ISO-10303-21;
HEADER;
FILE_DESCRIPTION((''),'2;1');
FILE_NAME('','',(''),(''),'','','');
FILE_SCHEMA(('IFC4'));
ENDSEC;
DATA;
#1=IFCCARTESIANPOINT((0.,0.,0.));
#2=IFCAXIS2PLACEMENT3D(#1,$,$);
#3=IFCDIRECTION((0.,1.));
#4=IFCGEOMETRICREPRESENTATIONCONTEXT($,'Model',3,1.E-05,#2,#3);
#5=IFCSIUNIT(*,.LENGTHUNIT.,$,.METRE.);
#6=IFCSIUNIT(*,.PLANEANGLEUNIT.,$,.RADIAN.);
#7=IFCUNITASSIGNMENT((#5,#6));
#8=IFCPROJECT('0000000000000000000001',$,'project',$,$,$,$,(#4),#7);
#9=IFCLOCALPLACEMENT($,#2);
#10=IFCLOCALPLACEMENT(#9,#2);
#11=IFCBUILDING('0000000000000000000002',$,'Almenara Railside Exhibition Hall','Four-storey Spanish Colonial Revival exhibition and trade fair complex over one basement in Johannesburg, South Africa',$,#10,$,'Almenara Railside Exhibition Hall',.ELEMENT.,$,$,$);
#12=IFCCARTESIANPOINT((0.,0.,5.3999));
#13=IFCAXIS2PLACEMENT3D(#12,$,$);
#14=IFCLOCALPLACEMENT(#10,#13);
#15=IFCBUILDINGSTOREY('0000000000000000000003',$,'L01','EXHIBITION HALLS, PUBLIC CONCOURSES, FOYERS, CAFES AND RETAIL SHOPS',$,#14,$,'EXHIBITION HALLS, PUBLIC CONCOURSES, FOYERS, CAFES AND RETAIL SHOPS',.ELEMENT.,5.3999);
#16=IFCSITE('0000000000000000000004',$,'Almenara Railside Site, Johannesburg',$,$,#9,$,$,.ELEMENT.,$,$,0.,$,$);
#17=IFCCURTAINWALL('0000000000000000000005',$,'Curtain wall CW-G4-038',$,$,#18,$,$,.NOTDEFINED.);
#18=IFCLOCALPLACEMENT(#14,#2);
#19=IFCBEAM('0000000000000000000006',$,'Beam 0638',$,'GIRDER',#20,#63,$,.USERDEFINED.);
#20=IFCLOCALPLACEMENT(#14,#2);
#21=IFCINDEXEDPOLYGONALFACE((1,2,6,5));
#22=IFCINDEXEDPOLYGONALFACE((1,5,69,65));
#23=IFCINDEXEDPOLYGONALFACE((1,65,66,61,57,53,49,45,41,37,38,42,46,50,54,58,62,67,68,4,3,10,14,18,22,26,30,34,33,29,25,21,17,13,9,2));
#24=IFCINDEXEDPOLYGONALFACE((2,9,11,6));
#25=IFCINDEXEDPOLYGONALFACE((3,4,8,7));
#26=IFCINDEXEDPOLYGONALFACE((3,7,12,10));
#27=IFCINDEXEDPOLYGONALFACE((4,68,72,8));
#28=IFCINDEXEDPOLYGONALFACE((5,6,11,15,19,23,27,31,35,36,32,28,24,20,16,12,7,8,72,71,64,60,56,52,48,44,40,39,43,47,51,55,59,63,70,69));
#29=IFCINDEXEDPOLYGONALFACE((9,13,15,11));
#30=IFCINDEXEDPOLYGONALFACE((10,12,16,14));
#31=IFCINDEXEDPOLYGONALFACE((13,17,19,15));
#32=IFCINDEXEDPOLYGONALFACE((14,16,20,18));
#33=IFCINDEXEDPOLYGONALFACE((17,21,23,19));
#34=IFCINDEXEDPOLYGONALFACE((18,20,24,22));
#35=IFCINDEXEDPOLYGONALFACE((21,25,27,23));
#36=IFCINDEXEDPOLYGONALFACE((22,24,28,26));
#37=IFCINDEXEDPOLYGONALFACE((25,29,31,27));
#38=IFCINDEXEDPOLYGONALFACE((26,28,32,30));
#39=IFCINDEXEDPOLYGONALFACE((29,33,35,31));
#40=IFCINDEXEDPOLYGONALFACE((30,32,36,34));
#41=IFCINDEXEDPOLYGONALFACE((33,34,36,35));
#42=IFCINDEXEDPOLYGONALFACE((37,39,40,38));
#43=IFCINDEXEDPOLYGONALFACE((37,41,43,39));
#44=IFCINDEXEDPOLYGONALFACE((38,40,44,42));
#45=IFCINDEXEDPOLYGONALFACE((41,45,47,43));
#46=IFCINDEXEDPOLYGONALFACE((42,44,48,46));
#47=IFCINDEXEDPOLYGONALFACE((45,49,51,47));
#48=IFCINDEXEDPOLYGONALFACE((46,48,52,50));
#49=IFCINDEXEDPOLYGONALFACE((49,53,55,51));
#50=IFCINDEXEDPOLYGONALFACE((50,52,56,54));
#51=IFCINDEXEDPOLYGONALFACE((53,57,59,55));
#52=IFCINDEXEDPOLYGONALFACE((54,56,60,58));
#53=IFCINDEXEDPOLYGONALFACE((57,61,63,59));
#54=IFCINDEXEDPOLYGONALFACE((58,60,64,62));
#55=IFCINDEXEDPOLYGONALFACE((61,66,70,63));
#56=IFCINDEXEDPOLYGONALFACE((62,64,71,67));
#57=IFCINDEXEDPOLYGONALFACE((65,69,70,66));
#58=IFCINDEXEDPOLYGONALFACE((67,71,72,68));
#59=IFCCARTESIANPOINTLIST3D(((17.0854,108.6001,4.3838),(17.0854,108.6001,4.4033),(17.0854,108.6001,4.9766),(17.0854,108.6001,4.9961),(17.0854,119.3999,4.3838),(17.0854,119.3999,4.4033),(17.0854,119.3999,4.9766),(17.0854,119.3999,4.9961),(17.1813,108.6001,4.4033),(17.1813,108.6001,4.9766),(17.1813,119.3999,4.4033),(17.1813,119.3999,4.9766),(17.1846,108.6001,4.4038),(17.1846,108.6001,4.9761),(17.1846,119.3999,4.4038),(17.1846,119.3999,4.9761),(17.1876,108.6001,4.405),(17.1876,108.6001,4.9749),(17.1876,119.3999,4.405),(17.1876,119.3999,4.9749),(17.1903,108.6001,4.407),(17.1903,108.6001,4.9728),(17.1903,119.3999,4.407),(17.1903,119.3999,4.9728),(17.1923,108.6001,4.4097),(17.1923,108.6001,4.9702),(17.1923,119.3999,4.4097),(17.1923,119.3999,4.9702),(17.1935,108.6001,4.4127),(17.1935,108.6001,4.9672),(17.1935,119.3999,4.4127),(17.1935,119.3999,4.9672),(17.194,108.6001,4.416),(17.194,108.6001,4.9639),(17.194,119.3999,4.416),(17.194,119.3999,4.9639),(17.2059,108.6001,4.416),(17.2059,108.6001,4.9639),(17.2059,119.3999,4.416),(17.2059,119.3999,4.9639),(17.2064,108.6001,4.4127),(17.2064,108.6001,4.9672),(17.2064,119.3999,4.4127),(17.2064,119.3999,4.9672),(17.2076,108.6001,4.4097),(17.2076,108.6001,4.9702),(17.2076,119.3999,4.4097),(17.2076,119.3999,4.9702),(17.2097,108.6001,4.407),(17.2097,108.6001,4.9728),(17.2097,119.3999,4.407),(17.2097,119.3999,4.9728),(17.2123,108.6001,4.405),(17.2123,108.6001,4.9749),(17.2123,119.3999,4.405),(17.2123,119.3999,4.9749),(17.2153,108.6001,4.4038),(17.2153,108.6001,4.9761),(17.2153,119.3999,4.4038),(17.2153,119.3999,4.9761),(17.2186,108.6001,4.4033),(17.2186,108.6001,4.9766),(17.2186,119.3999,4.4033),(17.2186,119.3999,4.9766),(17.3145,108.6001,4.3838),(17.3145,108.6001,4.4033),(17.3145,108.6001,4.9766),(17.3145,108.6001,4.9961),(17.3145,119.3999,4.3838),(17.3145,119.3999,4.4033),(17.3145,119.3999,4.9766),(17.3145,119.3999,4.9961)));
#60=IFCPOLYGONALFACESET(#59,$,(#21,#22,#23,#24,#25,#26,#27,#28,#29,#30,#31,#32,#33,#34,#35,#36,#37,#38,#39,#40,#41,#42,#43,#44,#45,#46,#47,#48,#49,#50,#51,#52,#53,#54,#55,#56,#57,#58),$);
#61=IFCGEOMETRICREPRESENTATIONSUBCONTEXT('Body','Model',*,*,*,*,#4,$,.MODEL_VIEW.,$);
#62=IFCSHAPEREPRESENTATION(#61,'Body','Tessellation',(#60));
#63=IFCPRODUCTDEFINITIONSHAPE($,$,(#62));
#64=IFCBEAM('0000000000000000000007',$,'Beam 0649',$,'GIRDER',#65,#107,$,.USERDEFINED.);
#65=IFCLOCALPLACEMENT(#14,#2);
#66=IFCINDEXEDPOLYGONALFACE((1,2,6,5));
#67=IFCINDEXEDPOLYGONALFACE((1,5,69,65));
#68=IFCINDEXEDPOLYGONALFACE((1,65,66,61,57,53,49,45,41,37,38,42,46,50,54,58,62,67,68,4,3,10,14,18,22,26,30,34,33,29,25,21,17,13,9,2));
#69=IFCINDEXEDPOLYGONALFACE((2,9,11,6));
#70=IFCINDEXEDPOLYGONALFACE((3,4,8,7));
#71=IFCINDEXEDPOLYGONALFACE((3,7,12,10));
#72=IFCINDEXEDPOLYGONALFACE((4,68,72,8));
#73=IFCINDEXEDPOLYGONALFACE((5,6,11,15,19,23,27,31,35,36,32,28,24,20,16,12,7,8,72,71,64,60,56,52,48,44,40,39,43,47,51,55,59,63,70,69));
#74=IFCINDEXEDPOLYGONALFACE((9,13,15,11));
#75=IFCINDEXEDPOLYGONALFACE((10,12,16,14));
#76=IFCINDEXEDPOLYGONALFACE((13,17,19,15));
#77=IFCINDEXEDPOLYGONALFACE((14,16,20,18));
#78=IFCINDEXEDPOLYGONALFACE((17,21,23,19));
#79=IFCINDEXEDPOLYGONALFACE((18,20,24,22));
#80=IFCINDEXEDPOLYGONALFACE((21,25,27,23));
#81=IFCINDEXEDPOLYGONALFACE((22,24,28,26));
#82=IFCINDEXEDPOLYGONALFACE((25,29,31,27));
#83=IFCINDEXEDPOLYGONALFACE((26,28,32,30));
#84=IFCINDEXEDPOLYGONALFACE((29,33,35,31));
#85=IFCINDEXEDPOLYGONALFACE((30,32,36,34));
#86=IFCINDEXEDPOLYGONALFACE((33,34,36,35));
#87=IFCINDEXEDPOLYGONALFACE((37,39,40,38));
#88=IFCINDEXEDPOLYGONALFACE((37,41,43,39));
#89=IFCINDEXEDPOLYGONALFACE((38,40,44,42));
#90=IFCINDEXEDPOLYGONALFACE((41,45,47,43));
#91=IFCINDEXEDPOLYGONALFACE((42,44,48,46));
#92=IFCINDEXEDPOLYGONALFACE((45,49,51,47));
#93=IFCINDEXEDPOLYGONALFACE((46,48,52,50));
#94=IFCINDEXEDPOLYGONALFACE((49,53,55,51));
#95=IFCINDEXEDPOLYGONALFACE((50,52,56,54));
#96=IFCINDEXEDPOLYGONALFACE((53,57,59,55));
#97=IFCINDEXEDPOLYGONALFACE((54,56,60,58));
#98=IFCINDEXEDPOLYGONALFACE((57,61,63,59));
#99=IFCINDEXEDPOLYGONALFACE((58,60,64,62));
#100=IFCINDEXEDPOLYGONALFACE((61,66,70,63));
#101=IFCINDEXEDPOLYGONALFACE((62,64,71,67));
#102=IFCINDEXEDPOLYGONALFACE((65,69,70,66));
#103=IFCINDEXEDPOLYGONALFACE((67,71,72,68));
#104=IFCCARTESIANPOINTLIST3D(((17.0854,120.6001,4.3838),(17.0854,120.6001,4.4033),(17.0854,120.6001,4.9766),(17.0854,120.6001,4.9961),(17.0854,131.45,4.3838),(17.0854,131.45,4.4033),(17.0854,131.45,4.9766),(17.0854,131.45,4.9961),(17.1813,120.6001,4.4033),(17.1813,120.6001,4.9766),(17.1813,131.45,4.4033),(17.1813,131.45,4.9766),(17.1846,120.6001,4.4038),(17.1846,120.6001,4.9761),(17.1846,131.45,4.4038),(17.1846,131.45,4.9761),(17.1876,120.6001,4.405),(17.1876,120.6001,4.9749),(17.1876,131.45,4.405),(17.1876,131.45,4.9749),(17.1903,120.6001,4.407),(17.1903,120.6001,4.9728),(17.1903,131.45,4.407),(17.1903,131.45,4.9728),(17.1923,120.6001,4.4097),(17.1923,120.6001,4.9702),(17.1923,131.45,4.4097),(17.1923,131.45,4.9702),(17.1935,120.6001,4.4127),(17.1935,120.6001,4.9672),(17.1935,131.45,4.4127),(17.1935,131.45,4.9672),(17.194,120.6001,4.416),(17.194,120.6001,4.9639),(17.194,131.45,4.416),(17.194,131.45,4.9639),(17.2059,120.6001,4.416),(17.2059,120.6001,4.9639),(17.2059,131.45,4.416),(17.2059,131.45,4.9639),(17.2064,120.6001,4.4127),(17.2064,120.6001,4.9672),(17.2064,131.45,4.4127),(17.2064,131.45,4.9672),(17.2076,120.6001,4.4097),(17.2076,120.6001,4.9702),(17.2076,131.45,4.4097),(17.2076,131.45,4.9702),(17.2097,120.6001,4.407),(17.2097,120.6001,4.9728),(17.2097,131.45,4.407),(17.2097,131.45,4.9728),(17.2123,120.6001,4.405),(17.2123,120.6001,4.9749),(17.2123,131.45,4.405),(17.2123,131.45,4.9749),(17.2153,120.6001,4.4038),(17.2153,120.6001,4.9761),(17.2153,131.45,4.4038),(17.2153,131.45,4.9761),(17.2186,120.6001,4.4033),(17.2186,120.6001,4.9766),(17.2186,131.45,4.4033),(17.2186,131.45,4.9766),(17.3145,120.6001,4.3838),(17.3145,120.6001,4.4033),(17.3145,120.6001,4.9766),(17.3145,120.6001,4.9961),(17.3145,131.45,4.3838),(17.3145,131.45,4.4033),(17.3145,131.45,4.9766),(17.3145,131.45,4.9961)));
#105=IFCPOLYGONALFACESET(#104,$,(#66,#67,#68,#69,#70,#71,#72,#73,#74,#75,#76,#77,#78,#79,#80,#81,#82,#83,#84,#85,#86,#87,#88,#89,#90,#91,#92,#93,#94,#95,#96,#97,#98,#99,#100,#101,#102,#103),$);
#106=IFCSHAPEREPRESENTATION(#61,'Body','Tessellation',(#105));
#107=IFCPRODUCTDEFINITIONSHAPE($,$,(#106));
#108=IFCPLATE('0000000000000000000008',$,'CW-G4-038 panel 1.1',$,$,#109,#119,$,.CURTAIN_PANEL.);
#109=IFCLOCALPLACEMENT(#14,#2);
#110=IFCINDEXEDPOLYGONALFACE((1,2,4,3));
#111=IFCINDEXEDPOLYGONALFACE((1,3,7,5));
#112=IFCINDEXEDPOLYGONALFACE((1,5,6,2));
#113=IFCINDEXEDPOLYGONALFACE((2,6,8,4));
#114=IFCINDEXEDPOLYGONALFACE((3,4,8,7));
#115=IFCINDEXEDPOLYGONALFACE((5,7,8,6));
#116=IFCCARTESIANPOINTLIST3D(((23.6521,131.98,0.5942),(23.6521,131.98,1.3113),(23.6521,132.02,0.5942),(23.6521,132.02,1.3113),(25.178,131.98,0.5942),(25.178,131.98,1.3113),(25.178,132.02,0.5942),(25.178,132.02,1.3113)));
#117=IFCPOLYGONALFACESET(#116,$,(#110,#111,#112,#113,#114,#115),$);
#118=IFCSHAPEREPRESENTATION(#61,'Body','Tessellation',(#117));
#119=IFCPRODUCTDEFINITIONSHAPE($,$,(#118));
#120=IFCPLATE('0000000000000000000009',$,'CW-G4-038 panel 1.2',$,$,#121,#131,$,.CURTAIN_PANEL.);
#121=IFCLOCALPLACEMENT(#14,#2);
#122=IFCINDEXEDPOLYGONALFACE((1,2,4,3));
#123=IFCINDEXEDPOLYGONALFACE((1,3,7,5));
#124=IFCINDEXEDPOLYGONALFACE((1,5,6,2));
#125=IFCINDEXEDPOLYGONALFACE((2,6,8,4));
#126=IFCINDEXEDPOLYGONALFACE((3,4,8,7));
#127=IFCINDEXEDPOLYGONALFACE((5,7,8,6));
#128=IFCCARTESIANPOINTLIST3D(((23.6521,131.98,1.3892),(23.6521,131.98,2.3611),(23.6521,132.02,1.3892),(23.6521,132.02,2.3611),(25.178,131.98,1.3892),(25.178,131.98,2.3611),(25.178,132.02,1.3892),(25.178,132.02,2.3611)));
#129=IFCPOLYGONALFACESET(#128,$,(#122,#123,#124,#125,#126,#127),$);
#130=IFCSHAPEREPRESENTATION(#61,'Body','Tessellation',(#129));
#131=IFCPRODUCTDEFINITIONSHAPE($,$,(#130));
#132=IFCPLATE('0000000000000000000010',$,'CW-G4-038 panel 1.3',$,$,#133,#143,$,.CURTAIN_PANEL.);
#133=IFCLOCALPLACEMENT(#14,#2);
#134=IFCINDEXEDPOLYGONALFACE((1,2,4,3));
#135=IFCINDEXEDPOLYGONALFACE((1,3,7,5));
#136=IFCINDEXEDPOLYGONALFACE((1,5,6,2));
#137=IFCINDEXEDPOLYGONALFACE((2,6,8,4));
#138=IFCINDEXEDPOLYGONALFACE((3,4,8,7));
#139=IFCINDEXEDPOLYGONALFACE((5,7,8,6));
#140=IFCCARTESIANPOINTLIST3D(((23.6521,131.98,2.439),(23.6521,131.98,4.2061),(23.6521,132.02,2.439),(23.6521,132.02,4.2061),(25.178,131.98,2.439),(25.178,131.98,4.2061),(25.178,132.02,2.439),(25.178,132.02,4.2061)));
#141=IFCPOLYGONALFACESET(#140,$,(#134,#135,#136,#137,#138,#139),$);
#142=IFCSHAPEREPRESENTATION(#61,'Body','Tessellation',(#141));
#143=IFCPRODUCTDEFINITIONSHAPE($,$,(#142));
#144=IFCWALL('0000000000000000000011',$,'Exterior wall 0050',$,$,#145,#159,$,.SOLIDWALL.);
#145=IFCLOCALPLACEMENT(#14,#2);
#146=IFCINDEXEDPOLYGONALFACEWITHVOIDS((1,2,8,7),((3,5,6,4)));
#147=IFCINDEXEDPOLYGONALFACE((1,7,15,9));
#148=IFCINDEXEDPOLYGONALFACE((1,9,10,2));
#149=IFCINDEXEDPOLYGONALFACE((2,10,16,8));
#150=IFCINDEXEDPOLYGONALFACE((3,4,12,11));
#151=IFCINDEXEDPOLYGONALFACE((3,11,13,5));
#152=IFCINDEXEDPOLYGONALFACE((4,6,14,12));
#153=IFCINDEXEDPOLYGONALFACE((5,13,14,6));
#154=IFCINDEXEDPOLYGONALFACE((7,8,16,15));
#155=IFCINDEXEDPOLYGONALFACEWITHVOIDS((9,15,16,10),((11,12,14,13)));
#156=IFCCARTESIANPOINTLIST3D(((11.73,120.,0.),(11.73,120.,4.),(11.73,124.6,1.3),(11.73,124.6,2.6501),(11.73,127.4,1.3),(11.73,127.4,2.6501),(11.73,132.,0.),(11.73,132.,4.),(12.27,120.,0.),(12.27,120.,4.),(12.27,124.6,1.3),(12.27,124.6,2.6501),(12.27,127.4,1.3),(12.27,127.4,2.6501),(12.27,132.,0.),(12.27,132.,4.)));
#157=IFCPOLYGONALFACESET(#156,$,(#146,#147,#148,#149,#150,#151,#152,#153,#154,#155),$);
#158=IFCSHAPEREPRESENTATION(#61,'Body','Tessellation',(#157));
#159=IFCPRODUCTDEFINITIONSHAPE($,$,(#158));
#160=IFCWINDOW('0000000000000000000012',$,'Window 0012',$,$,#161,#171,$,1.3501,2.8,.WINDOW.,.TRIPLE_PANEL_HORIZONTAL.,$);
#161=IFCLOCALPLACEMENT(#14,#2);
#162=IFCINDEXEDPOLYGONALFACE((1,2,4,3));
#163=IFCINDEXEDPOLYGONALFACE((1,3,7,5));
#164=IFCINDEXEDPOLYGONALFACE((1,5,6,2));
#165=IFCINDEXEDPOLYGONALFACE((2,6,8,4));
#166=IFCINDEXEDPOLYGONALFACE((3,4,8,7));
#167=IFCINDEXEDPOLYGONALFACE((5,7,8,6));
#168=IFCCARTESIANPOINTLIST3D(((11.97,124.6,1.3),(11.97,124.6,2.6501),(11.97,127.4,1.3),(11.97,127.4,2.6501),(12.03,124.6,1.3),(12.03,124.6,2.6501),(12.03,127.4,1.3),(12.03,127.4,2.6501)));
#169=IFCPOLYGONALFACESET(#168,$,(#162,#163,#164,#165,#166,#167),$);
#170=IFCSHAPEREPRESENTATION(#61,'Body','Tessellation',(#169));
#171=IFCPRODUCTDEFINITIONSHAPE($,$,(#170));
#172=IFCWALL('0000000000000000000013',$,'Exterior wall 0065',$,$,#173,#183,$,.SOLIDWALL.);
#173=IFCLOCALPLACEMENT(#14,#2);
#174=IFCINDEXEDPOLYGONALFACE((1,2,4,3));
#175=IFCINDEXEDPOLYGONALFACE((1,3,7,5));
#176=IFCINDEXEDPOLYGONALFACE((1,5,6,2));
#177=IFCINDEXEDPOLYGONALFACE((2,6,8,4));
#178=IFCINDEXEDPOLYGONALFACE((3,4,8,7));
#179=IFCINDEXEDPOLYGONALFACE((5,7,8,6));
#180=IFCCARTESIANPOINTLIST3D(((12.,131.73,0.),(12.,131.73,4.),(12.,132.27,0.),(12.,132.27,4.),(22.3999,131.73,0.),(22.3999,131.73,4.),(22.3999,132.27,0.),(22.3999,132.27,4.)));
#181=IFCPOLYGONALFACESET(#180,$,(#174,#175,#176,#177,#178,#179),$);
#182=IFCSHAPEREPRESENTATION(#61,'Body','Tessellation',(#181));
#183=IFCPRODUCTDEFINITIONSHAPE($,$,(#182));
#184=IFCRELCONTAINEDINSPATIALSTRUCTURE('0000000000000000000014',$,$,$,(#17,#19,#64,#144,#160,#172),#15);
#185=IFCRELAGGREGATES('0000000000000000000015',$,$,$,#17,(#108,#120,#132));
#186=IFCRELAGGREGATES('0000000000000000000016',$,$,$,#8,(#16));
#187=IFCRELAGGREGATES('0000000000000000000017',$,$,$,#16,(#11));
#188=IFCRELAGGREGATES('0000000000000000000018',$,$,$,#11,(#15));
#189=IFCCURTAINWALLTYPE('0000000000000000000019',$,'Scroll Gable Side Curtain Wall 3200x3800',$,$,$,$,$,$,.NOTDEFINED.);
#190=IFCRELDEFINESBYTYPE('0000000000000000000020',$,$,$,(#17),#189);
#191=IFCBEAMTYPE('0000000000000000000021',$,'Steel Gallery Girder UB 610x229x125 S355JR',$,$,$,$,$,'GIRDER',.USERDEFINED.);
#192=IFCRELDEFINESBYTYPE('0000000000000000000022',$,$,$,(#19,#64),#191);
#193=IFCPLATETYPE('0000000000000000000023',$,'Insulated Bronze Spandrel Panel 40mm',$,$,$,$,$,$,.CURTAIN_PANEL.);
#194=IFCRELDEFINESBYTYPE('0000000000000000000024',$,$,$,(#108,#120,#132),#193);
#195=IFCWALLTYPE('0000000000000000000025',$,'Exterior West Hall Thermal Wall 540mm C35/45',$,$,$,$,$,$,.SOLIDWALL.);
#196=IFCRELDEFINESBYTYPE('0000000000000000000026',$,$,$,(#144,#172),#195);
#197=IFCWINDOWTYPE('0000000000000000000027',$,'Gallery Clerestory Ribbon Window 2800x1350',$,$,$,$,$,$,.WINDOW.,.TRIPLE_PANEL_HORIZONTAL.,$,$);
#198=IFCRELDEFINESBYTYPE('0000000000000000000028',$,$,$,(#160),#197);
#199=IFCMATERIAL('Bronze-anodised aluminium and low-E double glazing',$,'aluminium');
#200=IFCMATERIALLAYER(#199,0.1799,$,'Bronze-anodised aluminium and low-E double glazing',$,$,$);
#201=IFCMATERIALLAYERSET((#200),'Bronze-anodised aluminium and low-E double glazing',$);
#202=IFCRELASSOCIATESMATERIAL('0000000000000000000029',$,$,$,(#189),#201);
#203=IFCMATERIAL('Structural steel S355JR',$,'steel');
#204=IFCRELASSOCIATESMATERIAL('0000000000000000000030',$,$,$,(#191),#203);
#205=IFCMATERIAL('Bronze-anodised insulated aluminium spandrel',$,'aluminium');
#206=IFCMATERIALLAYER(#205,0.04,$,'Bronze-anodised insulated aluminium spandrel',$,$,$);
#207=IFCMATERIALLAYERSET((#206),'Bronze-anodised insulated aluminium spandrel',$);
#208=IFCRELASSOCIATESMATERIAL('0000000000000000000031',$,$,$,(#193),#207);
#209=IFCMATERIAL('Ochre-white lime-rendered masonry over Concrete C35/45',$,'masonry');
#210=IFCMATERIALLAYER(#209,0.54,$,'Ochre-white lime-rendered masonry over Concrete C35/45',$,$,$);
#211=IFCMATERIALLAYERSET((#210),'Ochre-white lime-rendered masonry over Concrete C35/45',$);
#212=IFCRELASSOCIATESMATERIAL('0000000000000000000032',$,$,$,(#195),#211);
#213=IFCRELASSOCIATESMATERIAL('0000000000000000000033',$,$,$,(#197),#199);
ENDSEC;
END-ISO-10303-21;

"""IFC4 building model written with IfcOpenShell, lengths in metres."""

from ifc_helpers import new_model, si_unit, direction, frame, frame_2d, origin, origin_2d, place, context, subcontext, project, spatial, rectangle, i_section, extrude, material, layer, layer_set, material_profile, profile_set, type_object, element, fill, aggregate, save


model = new_model("IFC4")

# Units and contexts
model_context = context("Model", 3, precision=1e-05, world=origin(), true_north=direction((0.0, 1.0)))
body_context = subcontext(model_context, "Body", "Model", "MODEL_VIEW")
ifc_project = project(units=[si_unit("LENGTHUNIT", "METRE"), si_unit("PLANEANGLEUNIT", "RADIAN")], contexts=[model_context])

# Site, building, storey
site_placement = place(None, origin())
site = spatial("IfcSite", under=ifc_project, at=site_placement, Name="Almenara Railside Site, Johannesburg", CompositionType="ELEMENT", RefElevation=0.0)
building_placement = place(site_placement, origin())
building = spatial("IfcBuilding", under=site, at=building_placement, Name="Almenara Railside Exhibition Hall", Description="Four-storey Spanish Colonial Revival exhibition and trade fair complex over one basement in Johannesburg, South Africa", LongName="Almenara Railside Exhibition Hall", CompositionType="ELEMENT")
storey_placement = place(building_placement, frame((0.0, 0.0, 5.3999)))
storey = spatial("IfcBuildingStorey", under=building, at=storey_placement, Name="L01", Description="EXHIBITION HALLS, PUBLIC CONCOURSES, FOYERS, CAFES AND RETAIL SHOPS", LongName="EXHIBITION HALLS, PUBLIC CONCOURSES, FOYERS, CAFES AND RETAIL SHOPS", CompositionType="ELEMENT", Elevation=5.3999)

# Curtain wall
ifc_material_1 = material(Name="Bronze-anodised aluminium and low-E double glazing", Category="aluminium")
ifc_layer_1 = layer(ifc_material_1, 0.1799, Name="Bronze-anodised aluminium and low-E double glazing")
ifc_layer_set_1 = layer_set([ifc_layer_1], Name="Bronze-anodised aluminium and low-E double glazing")
curtain_wall_type = type_object("IfcCurtainWallType", Name="Scroll Gable Side Curtain Wall 3200x3800", PredefinedType="NOTDEFINED", material=ifc_layer_set_1)
curtain_wall_placement = place(storey_placement, origin())
curtain_wall = element("IfcCurtainWall", 1, at=curtain_wall_placement, inside=storey, type_object=curtain_wall_type, Name="Curtain wall CW-G4-038", PredefinedType="NOTDEFINED")

# Beams
ifc_material_2 = material(Name="Structural steel S355JR", Category="steel")
ifc_material_profile_1 = material_profile(ifc_material_2, i_section(OverallWidth=0.229, OverallDepth=0.6123, WebThickness=0.012, FlangeThickness=0.0195, FilletRadius=0.0127, at=origin_2d()), Name="UB 610x229x125")
ifc_profile_set_1 = profile_set([ifc_material_profile_1], Name="Structural steel S355JR")
beam_type_1 = type_object("IfcBeamType", Name="Steel Gallery Girder UB 610x229x125 S355JR", ElementType="GIRDER", PredefinedType="USERDEFINED", material=ifc_profile_set_1)
beam_1_placement = place(storey_placement, frame((17.2, 108.6001, 4.6899), z_axis=(0.0, 1.0, 0.0), x_axis=(-1.0, 0.0, 0.0)))
element("IfcBeam", 2, at=beam_1_placement, inside=storey, type_object=beam_type_1, Name="Beam 0638", ObjectType="GIRDER", PredefinedType="USERDEFINED", context=body_context, shape_type="SweptSolid", body=[
    extrude(i_section(OverallWidth=0.229, OverallDepth=0.6123, WebThickness=0.012, FlangeThickness=0.0195, FilletRadius=0.0127, at=origin_2d()), origin(), (0.0, 0.0, 1.0), 10.7998),
])
beam_2_placement = place(storey_placement, frame((17.2, 120.6001, 4.6899), z_axis=(0.0, 1.0, 0.0), x_axis=(-1.0, 0.0, 0.0)))
element("IfcBeam", 3, at=beam_2_placement, inside=storey, type_object=beam_type_1, Name="Beam 0649", ObjectType="GIRDER", PredefinedType="USERDEFINED", context=body_context, shape_type="SweptSolid", body=[
    extrude(i_section(OverallWidth=0.229, OverallDepth=0.6123, WebThickness=0.012, FlangeThickness=0.0195, FilletRadius=0.0127, at=origin_2d()), origin(), (0.0, 0.0, 1.0), 10.8499),
])

# Plates
ifc_material_3 = material(Name="Bronze-anodised insulated aluminium spandrel", Category="aluminium")
ifc_layer_2 = layer(ifc_material_3, 0.04, Name="Bronze-anodised insulated aluminium spandrel")
ifc_layer_set_2 = layer_set([ifc_layer_2], Name="Bronze-anodised insulated aluminium spandrel")
plate_type = type_object("IfcPlateType", Name="Insulated Bronze Spandrel Panel 40mm", PredefinedType="CURTAIN_PANEL", material=ifc_layer_set_2)
plate_1_placement = place(storey_placement, frame((24.415, 132.0, 0.5942), z_axis=(0.0, 0.0, 1.0), x_axis=(1.0, 0.0, 0.0)))
plate_1 = element("IfcPlate", 4, at=plate_1_placement, type_object=plate_type, Name="CW-G4-038 panel 1.1", PredefinedType="CURTAIN_PANEL", context=body_context, shape_type="SweptSolid", body=[
    extrude(rectangle(XDim=1.5259, YDim=0.04, at=origin_2d()), origin(), (0.0, 0.0, 1.0), 0.717),
])
plate_2_placement = place(storey_placement, frame((24.415, 132.0, 1.3892), z_axis=(0.0, 0.0, 1.0), x_axis=(1.0, 0.0, 0.0)))
plate_2 = element("IfcPlate", 5, at=plate_2_placement, type_object=plate_type, Name="CW-G4-038 panel 1.2", PredefinedType="CURTAIN_PANEL", context=body_context, shape_type="SweptSolid", body=[
    extrude(rectangle(XDim=1.5259, YDim=0.04, at=origin_2d()), origin(), (0.0, 0.0, 1.0), 0.9719),
])
plate_3_placement = place(storey_placement, frame((24.415, 132.0, 2.439), z_axis=(0.0, 0.0, 1.0), x_axis=(1.0, 0.0, 0.0)))
plate_3 = element("IfcPlate", 6, at=plate_3_placement, type_object=plate_type, Name="CW-G4-038 panel 1.3", PredefinedType="CURTAIN_PANEL", context=body_context, shape_type="SweptSolid", body=[
    extrude(rectangle(XDim=1.5259, YDim=0.04, at=origin_2d()), origin(), (0.0, 0.0, 1.0), 1.7671),
])
aggregate(curtain_wall, [plate_1, plate_2, plate_3])

# Wall, opening, window
ifc_material_4 = material(Name="Ochre-white lime-rendered masonry over Concrete C35/45", Category="masonry")
ifc_layer_3 = layer(ifc_material_4, 0.54, Name="Ochre-white lime-rendered masonry over Concrete C35/45")
ifc_layer_set_3 = layer_set([ifc_layer_3], Name="Ochre-white lime-rendered masonry over Concrete C35/45")
wall_type = type_object("IfcWallType", Name="Exterior West Hall Thermal Wall 540mm C35/45", PredefinedType="SOLIDWALL", material=ifc_layer_set_3)
wall_1_placement = place(storey_placement, frame((12.0, 132.0, 0.0), z_axis=(0.0, 0.0, 1.0), x_axis=(0.0, -1.0, 0.0)))
wall_1 = element("IfcWall", 7, at=wall_1_placement, inside=storey, type_object=wall_type, Name="Exterior wall 0050", PredefinedType="SOLIDWALL", context=body_context, shape_type="SweptSolid", body=[
    extrude(rectangle(XDim=12.0, YDim=0.54, at=frame_2d((6.0, 0.0))), origin(), (0.0, 0.0, 1.0), 4.0),
])
opening_placement = place(wall_1_placement, frame((4.6001, 0.0, 1.3)))
opening = element("IfcOpeningElement", 8, at=opening_placement, cuts=wall_1, PredefinedType="OPENING", context=body_context, shape_type="SweptSolid", body=[
    extrude(rectangle(XDim=2.8, YDim=1.3501, at=frame_2d((1.3999, 0.675))), frame((0.0, 0.28, 0.0), z_axis=(0.0, -1.0, 0.0), x_axis=(1.0, 0.0, 0.0)), (0.0, 0.0, 1.0), 0.5601),
])
window_type = type_object("IfcWindowType", Name="Gallery Clerestory Ribbon Window 2800x1350", PartitioningType="TRIPLE_PANEL_HORIZONTAL", PredefinedType="WINDOW", material=ifc_material_1)
window_placement = place(opening_placement, origin())
window = element("IfcWindow", 9, at=window_placement, inside=storey, type_object=window_type, Name="Window 0012", OverallHeight=1.3501, OverallWidth=2.8, PartitioningType="TRIPLE_PANEL_HORIZONTAL", PredefinedType="WINDOW", context=body_context, shape_type="SweptSolid", body=[
    extrude(rectangle(XDim=2.8, YDim=1.3501, at=frame_2d((1.3999, 0.675))), frame((0.0, 0.03, 0.0), z_axis=(0.0, -1.0, 0.0), x_axis=(1.0, 0.0, 0.0)), (0.0, 0.0, 1.0), 0.0601),
])
fill(opening, window)

# Wall
wall_2_placement = place(storey_placement, frame((22.3999, 132.0, 0.0), z_axis=(0.0, 0.0, 1.0), x_axis=(-1.0, 0.0, 0.0)))
element("IfcWall", 10, at=wall_2_placement, inside=storey, type_object=wall_type, Name="Exterior wall 0065", PredefinedType="SOLIDWALL", context=body_context, shape_type="SweptSolid", body=[
    extrude(rectangle(XDim=10.3999, YDim=0.54, at=frame_2d((5.2, 0.0))), origin(), (0.0, 0.0, 1.0), 4.0),
])

save(model, "model.ifc")
